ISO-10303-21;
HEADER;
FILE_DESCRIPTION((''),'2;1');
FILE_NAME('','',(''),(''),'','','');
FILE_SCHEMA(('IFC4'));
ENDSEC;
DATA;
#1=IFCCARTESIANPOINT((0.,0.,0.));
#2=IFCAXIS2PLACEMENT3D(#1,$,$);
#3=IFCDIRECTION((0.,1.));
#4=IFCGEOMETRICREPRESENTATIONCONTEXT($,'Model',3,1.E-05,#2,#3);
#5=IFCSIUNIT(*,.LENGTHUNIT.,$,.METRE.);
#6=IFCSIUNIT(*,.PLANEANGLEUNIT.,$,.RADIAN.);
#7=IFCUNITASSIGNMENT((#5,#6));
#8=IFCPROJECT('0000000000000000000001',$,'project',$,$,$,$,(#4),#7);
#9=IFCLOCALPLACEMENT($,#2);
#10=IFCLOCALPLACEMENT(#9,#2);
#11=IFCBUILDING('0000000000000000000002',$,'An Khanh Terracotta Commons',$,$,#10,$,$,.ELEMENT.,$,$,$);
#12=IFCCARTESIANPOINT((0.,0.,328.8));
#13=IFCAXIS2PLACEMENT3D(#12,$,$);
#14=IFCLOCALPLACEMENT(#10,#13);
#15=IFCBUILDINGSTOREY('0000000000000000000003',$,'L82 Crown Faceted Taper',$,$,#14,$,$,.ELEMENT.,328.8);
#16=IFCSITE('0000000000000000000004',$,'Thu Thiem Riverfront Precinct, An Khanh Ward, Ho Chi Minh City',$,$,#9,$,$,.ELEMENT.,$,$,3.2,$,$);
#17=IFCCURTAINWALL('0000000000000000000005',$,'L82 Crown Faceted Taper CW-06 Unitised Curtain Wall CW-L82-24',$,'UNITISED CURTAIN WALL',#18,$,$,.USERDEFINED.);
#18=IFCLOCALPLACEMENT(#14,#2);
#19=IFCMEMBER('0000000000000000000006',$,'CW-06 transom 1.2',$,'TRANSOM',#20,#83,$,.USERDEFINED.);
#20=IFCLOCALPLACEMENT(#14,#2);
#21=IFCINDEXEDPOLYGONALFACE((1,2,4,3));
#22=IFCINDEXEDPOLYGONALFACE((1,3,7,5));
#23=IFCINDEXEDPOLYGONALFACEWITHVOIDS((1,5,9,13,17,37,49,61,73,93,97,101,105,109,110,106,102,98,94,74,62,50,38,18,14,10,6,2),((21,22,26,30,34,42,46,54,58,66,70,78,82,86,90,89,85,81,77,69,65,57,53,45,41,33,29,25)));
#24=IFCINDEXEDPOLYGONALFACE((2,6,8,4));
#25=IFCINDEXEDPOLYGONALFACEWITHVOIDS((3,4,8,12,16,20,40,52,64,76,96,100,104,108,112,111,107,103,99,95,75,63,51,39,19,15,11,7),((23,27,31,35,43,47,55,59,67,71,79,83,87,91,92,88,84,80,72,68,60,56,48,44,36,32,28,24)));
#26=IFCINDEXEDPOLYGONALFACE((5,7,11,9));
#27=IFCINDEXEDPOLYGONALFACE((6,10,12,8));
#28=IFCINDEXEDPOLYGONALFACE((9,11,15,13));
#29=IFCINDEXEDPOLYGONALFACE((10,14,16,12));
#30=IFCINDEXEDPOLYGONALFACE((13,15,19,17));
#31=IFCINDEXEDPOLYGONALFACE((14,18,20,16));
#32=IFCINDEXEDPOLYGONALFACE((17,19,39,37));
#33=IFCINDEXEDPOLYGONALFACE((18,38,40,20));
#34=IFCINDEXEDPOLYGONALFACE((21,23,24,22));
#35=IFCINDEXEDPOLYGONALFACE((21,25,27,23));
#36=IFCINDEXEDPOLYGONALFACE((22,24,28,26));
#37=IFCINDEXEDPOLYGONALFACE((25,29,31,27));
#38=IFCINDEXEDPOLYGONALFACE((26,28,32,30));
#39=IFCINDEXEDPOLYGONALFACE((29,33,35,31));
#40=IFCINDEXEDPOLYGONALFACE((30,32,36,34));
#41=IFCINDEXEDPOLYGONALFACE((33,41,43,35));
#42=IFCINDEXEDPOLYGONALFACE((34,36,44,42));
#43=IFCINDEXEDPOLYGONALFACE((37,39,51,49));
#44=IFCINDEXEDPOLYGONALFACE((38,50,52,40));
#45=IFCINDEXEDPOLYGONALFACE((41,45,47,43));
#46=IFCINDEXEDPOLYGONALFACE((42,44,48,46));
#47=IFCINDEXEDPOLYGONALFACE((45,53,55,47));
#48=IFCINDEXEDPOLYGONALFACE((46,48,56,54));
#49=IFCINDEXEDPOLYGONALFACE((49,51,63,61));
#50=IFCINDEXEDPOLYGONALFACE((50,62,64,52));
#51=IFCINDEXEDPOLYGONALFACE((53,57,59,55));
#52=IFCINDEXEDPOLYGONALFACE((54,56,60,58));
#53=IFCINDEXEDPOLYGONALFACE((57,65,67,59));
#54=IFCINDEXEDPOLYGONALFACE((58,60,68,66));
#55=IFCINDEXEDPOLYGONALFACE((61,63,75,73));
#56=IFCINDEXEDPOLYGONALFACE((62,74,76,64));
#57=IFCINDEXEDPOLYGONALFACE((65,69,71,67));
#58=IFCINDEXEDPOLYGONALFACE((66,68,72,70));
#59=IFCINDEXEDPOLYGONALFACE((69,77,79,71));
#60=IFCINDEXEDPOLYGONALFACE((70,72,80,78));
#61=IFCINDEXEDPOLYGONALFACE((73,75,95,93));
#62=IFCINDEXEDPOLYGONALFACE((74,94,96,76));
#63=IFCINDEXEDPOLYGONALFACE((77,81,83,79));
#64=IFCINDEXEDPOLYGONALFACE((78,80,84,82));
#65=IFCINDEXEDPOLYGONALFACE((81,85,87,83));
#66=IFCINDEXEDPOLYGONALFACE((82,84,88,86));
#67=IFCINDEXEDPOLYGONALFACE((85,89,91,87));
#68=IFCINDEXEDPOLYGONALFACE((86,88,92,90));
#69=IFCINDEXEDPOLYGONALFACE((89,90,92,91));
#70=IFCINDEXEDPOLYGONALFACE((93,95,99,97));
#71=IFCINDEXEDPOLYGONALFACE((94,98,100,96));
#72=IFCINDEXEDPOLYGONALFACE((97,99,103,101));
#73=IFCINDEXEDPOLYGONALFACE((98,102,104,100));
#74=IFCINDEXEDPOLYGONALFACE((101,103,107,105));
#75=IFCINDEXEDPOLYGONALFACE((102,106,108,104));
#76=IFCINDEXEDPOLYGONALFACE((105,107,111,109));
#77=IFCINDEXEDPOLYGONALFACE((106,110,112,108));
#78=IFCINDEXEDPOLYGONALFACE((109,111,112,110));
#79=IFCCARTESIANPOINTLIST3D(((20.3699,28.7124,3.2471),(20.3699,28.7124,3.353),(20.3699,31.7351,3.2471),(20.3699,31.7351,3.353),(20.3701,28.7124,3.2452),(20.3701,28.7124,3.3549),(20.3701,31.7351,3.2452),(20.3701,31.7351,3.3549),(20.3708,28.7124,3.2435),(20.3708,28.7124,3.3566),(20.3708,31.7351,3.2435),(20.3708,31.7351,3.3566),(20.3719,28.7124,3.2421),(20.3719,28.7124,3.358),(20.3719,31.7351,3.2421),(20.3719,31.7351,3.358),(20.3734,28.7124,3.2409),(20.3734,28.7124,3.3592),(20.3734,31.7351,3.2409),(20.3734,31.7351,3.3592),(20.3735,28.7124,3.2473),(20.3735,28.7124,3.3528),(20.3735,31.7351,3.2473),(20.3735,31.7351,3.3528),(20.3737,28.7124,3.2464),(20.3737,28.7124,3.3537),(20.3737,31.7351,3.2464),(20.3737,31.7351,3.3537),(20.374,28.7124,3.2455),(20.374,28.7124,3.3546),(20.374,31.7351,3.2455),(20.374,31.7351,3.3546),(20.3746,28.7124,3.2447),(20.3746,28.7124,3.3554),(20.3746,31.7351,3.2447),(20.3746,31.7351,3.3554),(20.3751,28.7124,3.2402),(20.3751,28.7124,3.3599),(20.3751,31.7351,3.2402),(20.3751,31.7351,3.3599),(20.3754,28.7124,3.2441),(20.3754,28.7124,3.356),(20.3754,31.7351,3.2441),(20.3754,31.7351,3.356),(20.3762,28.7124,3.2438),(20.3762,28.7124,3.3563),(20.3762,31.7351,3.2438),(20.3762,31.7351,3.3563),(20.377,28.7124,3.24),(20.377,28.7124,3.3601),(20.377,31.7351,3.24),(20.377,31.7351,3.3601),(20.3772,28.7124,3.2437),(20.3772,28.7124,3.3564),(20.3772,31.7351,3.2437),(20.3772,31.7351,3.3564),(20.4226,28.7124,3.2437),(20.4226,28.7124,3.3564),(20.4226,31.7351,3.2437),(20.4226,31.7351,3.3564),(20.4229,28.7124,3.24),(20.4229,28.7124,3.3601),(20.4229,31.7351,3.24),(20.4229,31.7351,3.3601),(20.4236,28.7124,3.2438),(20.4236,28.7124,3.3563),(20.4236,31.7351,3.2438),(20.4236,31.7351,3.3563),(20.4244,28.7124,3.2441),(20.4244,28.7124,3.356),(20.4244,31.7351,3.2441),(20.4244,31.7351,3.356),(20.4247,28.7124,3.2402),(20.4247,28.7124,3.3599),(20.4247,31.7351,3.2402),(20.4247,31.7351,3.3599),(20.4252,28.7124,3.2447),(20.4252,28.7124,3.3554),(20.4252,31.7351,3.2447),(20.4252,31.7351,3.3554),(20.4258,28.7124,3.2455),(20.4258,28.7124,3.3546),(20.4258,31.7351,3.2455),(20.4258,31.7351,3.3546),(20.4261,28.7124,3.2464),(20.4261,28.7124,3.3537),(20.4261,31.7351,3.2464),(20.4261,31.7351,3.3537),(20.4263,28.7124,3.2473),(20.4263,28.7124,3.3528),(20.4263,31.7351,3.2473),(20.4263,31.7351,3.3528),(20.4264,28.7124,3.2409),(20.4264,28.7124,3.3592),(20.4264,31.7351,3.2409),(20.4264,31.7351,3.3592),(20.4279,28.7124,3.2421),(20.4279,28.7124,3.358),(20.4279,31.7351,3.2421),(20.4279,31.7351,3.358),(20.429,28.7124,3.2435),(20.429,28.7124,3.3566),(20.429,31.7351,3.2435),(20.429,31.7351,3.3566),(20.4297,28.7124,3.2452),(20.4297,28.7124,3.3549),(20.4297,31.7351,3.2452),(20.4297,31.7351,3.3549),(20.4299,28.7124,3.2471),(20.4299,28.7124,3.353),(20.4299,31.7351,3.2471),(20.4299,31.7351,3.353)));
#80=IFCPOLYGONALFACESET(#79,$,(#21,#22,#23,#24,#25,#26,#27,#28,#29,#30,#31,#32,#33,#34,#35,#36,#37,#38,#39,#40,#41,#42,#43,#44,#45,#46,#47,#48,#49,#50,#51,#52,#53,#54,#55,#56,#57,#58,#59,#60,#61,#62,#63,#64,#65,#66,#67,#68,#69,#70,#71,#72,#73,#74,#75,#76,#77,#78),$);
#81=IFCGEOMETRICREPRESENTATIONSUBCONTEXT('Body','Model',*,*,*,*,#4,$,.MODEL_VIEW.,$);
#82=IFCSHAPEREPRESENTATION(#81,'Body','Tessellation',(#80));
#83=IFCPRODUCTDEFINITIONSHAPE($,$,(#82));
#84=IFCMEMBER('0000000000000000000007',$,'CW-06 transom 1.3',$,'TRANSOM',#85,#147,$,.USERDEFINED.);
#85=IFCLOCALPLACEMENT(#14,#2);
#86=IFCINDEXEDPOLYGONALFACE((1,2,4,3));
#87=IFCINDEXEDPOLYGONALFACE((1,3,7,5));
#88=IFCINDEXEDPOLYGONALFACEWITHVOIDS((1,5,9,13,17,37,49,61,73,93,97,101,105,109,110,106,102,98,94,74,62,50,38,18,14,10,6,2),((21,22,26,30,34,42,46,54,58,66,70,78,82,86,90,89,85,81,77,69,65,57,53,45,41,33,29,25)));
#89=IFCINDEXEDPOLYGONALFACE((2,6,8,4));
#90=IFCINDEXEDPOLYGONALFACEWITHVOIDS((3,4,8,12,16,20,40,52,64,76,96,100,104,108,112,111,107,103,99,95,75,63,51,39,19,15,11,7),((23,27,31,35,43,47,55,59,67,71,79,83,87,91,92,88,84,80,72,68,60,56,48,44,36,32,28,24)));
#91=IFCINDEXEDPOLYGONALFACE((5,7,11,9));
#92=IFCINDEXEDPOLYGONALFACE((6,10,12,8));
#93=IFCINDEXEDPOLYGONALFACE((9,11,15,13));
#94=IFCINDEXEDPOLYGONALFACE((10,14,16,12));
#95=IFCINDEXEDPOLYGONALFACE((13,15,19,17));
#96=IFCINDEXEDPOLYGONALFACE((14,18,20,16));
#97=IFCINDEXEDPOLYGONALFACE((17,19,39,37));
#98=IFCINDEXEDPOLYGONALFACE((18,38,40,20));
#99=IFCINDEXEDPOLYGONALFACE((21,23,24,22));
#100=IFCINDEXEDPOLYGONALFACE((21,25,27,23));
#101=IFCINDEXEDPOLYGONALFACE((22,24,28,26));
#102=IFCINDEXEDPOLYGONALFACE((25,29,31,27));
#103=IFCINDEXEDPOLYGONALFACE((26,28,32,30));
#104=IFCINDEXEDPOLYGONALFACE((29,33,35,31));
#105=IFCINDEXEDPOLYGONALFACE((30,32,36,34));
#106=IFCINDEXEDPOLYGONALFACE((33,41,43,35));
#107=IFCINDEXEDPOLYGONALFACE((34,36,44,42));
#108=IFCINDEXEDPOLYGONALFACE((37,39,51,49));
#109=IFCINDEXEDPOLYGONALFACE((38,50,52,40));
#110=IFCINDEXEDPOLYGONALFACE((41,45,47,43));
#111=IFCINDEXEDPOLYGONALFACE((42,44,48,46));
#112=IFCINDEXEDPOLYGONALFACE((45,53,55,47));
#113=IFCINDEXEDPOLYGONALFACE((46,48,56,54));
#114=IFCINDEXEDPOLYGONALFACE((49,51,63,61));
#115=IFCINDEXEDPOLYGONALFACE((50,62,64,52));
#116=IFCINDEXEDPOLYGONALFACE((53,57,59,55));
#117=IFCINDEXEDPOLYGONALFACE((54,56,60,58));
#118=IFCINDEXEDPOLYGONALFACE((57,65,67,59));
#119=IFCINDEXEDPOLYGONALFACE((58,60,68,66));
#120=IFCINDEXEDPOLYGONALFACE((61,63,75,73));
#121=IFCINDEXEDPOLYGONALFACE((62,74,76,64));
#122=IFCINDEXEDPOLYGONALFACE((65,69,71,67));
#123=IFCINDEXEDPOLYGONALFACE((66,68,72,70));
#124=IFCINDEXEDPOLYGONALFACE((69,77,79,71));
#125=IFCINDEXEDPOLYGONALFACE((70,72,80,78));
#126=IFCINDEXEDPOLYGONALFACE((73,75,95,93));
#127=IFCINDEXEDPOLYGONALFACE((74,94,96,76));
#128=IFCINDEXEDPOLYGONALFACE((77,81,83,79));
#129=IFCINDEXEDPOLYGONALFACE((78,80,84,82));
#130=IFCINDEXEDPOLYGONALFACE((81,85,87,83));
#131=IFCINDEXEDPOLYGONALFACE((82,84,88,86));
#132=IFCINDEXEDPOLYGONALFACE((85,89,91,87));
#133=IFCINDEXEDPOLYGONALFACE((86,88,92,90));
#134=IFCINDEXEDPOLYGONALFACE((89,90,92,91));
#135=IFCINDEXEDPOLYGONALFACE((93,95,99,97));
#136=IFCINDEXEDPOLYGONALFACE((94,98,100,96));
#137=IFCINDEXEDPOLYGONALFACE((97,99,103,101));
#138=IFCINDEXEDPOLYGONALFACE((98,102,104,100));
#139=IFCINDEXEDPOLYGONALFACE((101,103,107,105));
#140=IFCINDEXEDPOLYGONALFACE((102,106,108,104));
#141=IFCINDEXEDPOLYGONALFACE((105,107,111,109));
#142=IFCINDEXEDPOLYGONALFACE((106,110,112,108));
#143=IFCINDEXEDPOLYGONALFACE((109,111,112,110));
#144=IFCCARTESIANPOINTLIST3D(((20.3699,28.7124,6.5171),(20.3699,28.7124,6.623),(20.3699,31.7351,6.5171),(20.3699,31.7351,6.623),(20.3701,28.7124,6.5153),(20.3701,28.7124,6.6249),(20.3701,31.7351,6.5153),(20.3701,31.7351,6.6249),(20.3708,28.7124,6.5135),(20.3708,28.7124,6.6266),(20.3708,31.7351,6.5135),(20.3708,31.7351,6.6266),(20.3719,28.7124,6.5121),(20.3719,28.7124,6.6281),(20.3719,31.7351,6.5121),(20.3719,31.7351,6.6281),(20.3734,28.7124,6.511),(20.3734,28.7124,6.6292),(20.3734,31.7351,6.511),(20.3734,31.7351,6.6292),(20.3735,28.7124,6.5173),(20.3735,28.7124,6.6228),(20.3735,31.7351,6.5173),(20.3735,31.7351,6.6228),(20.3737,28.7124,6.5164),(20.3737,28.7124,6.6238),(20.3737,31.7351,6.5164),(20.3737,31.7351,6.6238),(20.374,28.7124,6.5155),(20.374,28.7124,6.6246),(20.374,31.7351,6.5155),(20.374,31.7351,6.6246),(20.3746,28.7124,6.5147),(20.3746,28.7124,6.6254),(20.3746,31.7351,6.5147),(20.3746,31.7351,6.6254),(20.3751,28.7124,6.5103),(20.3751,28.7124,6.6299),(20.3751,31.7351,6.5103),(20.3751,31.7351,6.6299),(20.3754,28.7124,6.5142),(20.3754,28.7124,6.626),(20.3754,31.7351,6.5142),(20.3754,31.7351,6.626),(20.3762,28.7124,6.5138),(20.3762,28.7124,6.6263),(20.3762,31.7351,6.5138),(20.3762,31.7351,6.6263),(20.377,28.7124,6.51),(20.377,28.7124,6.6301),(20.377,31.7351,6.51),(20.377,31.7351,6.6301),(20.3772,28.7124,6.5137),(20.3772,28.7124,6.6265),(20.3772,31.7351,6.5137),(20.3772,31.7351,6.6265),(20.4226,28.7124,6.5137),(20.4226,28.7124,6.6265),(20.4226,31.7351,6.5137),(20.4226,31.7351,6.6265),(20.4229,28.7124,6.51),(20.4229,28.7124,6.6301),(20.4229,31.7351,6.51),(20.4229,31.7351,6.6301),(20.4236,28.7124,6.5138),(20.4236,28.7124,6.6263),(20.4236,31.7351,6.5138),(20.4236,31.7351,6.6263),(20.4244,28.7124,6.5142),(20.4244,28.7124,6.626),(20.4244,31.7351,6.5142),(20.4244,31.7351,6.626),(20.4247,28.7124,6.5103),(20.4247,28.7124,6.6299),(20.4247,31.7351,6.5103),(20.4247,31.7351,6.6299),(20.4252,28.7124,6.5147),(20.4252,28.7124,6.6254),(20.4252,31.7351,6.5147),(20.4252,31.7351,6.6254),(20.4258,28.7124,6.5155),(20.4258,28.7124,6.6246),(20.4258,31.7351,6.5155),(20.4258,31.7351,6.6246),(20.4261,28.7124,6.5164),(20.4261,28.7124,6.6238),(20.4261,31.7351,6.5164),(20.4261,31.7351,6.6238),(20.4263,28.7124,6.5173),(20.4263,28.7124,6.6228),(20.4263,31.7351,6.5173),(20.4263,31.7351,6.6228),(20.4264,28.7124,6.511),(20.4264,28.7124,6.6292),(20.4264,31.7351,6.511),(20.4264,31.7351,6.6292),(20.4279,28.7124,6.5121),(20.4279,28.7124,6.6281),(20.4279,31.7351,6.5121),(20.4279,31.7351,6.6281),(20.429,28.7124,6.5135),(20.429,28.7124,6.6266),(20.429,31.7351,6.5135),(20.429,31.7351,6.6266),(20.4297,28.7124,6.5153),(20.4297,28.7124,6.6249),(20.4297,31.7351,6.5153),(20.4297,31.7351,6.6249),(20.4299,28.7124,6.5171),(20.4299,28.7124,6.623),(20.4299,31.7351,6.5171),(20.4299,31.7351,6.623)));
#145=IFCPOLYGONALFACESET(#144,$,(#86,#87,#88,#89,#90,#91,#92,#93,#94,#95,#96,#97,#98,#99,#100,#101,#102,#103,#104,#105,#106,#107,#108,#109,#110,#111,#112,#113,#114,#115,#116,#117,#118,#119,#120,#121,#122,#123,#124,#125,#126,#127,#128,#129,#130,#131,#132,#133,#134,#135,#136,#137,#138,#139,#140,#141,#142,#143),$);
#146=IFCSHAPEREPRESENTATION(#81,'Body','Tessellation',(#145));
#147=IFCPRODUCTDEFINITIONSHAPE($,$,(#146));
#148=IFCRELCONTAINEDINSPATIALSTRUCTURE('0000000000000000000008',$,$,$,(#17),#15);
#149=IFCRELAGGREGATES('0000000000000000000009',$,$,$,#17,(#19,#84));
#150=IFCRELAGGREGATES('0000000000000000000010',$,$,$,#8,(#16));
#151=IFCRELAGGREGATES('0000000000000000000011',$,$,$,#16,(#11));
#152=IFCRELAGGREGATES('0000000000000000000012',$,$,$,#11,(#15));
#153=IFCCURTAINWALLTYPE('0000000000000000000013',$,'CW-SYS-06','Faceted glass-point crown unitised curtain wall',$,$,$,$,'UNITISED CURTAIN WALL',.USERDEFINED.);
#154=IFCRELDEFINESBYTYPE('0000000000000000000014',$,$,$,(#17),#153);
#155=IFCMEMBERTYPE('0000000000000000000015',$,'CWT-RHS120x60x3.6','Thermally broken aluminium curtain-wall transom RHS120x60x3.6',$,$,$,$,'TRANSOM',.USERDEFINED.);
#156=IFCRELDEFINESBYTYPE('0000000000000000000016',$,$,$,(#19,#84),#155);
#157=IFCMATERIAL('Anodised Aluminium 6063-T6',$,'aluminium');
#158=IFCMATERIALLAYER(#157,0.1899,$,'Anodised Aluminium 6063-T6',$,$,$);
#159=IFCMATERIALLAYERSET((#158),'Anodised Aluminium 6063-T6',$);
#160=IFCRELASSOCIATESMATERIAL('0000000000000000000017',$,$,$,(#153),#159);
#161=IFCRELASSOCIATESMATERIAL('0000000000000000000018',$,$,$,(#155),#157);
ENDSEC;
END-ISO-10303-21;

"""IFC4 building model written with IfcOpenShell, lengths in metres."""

from ifc_helpers import new_model, si_unit, direction, frame, origin, origin_2d, place, context, subcontext, project, spatial, hollow_rectangle, extrude, material, layer, layer_set, material_profile, profile_set, type_object, element, aggregate, save


model = new_model("IFC4")

# Units and contexts
model_context = context("Model", 3, precision=1e-05, world=origin(), true_north=direction((0.0, 1.0)))
body_context = subcontext(model_context, "Body", "Model", "MODEL_VIEW")
ifc_project = project(units=[si_unit("LENGTHUNIT", "METRE"), si_unit("PLANEANGLEUNIT", "RADIAN")], contexts=[model_context])

# Site, building, storey
site_placement = place(None, origin())
site = spatial("IfcSite", under=ifc_project, at=site_placement, Name="Thu Thiem Riverfront Precinct, An Khanh Ward, Ho Chi Minh City", CompositionType="ELEMENT", RefElevation=3.2)
building_placement = place(site_placement, origin())
building = spatial("IfcBuilding", under=site, at=building_placement, Name="An Khanh Terracotta Commons", CompositionType="ELEMENT")
storey_placement = place(building_placement, frame((0.0, 0.0, 328.8)))
storey = spatial("IfcBuildingStorey", under=building, at=storey_placement, Name="L82 Crown Faceted Taper", CompositionType="ELEMENT", Elevation=328.8)

# Shared definitions
ifc_material_1 = material(Name="Anodised Aluminium 6063-T6", Category="aluminium")
ifc_layer_1 = layer(ifc_material_1, 0.1899, Name="Anodised Aluminium 6063-T6")
ifc_layer_set_1 = layer_set([ifc_layer_1], Name="Anodised Aluminium 6063-T6")
curtain_wall_type = type_object("IfcCurtainWallType", Name="CW-SYS-06", Description="Faceted glass-point crown unitised curtain wall", ElementType="UNITISED CURTAIN WALL", PredefinedType="USERDEFINED", material=ifc_layer_set_1)

# Curtain wall, members
curtain_wall_1_placement = place(storey_placement, origin())
curtain_wall_1 = element("IfcCurtainWall", 1, at=curtain_wall_1_placement, inside=storey, type_object=curtain_wall_type, Name="L82 Crown Faceted Taper CW-06 Unitised Curtain Wall CW-L82-24", ObjectType="UNITISED CURTAIN WALL", PredefinedType="USERDEFINED")
ifc_material_profile_1 = material_profile(ifc_material_1, hollow_rectangle(XDim=0.0601, YDim=0.1201, WallThickness=0.0037, InnerFilletRadius=0.0037, OuterFilletRadius=0.0071, at=origin_2d()), Name="RHS120x60x3.6")
ifc_profile_set_1 = profile_set([ifc_material_profile_1], Name="Anodised Aluminium 6063-T6")
member_type_1 = type_object("IfcMemberType", Name="CWT-RHS120x60x3.6", Description="Thermally broken aluminium curtain-wall transom RHS120x60x3.6", ElementType="TRANSOM", PredefinedType="USERDEFINED", material=ifc_profile_set_1)
member_1_placement = place(storey_placement, frame((20.3999, 31.7351, 3.3), z_axis=(0.0, -1.0, 0.0), x_axis=(1.0, 0.0, 0.0)))
member_1 = element("IfcMember", 2, at=member_1_placement, type_object=member_type_1, Name="CW-06 transom 1.2", ObjectType="TRANSOM", PredefinedType="USERDEFINED", context=body_context, shape_type="SweptSolid", body=[
    extrude(hollow_rectangle(XDim=0.0601, YDim=0.1201, WallThickness=0.0037, InnerFilletRadius=0.0037, OuterFilletRadius=0.0071, at=origin_2d()), origin(), (0.0, 0.0, 1.0), 3.0227),
])
member_2_placement = place(storey_placement, frame((20.3999, 31.7351, 6.5701), z_axis=(0.0, -1.0, 0.0), x_axis=(1.0, 0.0, 0.0)))
member_2 = element("IfcMember", 3, at=member_2_placement, type_object=member_type_1, Name="CW-06 transom 1.3", ObjectType="TRANSOM", PredefinedType="USERDEFINED", context=body_context, shape_type="SweptSolid", body=[
    extrude(hollow_rectangle(XDim=0.0601, YDim=0.1201, WallThickness=0.0037, InnerFilletRadius=0.0037, OuterFilletRadius=0.0071, at=origin_2d()), origin(), (0.0, 0.0, 1.0), 3.0227),
])
aggregate(curtain_wall_1, [member_1, member_2])

save(model, "model.ifc")
